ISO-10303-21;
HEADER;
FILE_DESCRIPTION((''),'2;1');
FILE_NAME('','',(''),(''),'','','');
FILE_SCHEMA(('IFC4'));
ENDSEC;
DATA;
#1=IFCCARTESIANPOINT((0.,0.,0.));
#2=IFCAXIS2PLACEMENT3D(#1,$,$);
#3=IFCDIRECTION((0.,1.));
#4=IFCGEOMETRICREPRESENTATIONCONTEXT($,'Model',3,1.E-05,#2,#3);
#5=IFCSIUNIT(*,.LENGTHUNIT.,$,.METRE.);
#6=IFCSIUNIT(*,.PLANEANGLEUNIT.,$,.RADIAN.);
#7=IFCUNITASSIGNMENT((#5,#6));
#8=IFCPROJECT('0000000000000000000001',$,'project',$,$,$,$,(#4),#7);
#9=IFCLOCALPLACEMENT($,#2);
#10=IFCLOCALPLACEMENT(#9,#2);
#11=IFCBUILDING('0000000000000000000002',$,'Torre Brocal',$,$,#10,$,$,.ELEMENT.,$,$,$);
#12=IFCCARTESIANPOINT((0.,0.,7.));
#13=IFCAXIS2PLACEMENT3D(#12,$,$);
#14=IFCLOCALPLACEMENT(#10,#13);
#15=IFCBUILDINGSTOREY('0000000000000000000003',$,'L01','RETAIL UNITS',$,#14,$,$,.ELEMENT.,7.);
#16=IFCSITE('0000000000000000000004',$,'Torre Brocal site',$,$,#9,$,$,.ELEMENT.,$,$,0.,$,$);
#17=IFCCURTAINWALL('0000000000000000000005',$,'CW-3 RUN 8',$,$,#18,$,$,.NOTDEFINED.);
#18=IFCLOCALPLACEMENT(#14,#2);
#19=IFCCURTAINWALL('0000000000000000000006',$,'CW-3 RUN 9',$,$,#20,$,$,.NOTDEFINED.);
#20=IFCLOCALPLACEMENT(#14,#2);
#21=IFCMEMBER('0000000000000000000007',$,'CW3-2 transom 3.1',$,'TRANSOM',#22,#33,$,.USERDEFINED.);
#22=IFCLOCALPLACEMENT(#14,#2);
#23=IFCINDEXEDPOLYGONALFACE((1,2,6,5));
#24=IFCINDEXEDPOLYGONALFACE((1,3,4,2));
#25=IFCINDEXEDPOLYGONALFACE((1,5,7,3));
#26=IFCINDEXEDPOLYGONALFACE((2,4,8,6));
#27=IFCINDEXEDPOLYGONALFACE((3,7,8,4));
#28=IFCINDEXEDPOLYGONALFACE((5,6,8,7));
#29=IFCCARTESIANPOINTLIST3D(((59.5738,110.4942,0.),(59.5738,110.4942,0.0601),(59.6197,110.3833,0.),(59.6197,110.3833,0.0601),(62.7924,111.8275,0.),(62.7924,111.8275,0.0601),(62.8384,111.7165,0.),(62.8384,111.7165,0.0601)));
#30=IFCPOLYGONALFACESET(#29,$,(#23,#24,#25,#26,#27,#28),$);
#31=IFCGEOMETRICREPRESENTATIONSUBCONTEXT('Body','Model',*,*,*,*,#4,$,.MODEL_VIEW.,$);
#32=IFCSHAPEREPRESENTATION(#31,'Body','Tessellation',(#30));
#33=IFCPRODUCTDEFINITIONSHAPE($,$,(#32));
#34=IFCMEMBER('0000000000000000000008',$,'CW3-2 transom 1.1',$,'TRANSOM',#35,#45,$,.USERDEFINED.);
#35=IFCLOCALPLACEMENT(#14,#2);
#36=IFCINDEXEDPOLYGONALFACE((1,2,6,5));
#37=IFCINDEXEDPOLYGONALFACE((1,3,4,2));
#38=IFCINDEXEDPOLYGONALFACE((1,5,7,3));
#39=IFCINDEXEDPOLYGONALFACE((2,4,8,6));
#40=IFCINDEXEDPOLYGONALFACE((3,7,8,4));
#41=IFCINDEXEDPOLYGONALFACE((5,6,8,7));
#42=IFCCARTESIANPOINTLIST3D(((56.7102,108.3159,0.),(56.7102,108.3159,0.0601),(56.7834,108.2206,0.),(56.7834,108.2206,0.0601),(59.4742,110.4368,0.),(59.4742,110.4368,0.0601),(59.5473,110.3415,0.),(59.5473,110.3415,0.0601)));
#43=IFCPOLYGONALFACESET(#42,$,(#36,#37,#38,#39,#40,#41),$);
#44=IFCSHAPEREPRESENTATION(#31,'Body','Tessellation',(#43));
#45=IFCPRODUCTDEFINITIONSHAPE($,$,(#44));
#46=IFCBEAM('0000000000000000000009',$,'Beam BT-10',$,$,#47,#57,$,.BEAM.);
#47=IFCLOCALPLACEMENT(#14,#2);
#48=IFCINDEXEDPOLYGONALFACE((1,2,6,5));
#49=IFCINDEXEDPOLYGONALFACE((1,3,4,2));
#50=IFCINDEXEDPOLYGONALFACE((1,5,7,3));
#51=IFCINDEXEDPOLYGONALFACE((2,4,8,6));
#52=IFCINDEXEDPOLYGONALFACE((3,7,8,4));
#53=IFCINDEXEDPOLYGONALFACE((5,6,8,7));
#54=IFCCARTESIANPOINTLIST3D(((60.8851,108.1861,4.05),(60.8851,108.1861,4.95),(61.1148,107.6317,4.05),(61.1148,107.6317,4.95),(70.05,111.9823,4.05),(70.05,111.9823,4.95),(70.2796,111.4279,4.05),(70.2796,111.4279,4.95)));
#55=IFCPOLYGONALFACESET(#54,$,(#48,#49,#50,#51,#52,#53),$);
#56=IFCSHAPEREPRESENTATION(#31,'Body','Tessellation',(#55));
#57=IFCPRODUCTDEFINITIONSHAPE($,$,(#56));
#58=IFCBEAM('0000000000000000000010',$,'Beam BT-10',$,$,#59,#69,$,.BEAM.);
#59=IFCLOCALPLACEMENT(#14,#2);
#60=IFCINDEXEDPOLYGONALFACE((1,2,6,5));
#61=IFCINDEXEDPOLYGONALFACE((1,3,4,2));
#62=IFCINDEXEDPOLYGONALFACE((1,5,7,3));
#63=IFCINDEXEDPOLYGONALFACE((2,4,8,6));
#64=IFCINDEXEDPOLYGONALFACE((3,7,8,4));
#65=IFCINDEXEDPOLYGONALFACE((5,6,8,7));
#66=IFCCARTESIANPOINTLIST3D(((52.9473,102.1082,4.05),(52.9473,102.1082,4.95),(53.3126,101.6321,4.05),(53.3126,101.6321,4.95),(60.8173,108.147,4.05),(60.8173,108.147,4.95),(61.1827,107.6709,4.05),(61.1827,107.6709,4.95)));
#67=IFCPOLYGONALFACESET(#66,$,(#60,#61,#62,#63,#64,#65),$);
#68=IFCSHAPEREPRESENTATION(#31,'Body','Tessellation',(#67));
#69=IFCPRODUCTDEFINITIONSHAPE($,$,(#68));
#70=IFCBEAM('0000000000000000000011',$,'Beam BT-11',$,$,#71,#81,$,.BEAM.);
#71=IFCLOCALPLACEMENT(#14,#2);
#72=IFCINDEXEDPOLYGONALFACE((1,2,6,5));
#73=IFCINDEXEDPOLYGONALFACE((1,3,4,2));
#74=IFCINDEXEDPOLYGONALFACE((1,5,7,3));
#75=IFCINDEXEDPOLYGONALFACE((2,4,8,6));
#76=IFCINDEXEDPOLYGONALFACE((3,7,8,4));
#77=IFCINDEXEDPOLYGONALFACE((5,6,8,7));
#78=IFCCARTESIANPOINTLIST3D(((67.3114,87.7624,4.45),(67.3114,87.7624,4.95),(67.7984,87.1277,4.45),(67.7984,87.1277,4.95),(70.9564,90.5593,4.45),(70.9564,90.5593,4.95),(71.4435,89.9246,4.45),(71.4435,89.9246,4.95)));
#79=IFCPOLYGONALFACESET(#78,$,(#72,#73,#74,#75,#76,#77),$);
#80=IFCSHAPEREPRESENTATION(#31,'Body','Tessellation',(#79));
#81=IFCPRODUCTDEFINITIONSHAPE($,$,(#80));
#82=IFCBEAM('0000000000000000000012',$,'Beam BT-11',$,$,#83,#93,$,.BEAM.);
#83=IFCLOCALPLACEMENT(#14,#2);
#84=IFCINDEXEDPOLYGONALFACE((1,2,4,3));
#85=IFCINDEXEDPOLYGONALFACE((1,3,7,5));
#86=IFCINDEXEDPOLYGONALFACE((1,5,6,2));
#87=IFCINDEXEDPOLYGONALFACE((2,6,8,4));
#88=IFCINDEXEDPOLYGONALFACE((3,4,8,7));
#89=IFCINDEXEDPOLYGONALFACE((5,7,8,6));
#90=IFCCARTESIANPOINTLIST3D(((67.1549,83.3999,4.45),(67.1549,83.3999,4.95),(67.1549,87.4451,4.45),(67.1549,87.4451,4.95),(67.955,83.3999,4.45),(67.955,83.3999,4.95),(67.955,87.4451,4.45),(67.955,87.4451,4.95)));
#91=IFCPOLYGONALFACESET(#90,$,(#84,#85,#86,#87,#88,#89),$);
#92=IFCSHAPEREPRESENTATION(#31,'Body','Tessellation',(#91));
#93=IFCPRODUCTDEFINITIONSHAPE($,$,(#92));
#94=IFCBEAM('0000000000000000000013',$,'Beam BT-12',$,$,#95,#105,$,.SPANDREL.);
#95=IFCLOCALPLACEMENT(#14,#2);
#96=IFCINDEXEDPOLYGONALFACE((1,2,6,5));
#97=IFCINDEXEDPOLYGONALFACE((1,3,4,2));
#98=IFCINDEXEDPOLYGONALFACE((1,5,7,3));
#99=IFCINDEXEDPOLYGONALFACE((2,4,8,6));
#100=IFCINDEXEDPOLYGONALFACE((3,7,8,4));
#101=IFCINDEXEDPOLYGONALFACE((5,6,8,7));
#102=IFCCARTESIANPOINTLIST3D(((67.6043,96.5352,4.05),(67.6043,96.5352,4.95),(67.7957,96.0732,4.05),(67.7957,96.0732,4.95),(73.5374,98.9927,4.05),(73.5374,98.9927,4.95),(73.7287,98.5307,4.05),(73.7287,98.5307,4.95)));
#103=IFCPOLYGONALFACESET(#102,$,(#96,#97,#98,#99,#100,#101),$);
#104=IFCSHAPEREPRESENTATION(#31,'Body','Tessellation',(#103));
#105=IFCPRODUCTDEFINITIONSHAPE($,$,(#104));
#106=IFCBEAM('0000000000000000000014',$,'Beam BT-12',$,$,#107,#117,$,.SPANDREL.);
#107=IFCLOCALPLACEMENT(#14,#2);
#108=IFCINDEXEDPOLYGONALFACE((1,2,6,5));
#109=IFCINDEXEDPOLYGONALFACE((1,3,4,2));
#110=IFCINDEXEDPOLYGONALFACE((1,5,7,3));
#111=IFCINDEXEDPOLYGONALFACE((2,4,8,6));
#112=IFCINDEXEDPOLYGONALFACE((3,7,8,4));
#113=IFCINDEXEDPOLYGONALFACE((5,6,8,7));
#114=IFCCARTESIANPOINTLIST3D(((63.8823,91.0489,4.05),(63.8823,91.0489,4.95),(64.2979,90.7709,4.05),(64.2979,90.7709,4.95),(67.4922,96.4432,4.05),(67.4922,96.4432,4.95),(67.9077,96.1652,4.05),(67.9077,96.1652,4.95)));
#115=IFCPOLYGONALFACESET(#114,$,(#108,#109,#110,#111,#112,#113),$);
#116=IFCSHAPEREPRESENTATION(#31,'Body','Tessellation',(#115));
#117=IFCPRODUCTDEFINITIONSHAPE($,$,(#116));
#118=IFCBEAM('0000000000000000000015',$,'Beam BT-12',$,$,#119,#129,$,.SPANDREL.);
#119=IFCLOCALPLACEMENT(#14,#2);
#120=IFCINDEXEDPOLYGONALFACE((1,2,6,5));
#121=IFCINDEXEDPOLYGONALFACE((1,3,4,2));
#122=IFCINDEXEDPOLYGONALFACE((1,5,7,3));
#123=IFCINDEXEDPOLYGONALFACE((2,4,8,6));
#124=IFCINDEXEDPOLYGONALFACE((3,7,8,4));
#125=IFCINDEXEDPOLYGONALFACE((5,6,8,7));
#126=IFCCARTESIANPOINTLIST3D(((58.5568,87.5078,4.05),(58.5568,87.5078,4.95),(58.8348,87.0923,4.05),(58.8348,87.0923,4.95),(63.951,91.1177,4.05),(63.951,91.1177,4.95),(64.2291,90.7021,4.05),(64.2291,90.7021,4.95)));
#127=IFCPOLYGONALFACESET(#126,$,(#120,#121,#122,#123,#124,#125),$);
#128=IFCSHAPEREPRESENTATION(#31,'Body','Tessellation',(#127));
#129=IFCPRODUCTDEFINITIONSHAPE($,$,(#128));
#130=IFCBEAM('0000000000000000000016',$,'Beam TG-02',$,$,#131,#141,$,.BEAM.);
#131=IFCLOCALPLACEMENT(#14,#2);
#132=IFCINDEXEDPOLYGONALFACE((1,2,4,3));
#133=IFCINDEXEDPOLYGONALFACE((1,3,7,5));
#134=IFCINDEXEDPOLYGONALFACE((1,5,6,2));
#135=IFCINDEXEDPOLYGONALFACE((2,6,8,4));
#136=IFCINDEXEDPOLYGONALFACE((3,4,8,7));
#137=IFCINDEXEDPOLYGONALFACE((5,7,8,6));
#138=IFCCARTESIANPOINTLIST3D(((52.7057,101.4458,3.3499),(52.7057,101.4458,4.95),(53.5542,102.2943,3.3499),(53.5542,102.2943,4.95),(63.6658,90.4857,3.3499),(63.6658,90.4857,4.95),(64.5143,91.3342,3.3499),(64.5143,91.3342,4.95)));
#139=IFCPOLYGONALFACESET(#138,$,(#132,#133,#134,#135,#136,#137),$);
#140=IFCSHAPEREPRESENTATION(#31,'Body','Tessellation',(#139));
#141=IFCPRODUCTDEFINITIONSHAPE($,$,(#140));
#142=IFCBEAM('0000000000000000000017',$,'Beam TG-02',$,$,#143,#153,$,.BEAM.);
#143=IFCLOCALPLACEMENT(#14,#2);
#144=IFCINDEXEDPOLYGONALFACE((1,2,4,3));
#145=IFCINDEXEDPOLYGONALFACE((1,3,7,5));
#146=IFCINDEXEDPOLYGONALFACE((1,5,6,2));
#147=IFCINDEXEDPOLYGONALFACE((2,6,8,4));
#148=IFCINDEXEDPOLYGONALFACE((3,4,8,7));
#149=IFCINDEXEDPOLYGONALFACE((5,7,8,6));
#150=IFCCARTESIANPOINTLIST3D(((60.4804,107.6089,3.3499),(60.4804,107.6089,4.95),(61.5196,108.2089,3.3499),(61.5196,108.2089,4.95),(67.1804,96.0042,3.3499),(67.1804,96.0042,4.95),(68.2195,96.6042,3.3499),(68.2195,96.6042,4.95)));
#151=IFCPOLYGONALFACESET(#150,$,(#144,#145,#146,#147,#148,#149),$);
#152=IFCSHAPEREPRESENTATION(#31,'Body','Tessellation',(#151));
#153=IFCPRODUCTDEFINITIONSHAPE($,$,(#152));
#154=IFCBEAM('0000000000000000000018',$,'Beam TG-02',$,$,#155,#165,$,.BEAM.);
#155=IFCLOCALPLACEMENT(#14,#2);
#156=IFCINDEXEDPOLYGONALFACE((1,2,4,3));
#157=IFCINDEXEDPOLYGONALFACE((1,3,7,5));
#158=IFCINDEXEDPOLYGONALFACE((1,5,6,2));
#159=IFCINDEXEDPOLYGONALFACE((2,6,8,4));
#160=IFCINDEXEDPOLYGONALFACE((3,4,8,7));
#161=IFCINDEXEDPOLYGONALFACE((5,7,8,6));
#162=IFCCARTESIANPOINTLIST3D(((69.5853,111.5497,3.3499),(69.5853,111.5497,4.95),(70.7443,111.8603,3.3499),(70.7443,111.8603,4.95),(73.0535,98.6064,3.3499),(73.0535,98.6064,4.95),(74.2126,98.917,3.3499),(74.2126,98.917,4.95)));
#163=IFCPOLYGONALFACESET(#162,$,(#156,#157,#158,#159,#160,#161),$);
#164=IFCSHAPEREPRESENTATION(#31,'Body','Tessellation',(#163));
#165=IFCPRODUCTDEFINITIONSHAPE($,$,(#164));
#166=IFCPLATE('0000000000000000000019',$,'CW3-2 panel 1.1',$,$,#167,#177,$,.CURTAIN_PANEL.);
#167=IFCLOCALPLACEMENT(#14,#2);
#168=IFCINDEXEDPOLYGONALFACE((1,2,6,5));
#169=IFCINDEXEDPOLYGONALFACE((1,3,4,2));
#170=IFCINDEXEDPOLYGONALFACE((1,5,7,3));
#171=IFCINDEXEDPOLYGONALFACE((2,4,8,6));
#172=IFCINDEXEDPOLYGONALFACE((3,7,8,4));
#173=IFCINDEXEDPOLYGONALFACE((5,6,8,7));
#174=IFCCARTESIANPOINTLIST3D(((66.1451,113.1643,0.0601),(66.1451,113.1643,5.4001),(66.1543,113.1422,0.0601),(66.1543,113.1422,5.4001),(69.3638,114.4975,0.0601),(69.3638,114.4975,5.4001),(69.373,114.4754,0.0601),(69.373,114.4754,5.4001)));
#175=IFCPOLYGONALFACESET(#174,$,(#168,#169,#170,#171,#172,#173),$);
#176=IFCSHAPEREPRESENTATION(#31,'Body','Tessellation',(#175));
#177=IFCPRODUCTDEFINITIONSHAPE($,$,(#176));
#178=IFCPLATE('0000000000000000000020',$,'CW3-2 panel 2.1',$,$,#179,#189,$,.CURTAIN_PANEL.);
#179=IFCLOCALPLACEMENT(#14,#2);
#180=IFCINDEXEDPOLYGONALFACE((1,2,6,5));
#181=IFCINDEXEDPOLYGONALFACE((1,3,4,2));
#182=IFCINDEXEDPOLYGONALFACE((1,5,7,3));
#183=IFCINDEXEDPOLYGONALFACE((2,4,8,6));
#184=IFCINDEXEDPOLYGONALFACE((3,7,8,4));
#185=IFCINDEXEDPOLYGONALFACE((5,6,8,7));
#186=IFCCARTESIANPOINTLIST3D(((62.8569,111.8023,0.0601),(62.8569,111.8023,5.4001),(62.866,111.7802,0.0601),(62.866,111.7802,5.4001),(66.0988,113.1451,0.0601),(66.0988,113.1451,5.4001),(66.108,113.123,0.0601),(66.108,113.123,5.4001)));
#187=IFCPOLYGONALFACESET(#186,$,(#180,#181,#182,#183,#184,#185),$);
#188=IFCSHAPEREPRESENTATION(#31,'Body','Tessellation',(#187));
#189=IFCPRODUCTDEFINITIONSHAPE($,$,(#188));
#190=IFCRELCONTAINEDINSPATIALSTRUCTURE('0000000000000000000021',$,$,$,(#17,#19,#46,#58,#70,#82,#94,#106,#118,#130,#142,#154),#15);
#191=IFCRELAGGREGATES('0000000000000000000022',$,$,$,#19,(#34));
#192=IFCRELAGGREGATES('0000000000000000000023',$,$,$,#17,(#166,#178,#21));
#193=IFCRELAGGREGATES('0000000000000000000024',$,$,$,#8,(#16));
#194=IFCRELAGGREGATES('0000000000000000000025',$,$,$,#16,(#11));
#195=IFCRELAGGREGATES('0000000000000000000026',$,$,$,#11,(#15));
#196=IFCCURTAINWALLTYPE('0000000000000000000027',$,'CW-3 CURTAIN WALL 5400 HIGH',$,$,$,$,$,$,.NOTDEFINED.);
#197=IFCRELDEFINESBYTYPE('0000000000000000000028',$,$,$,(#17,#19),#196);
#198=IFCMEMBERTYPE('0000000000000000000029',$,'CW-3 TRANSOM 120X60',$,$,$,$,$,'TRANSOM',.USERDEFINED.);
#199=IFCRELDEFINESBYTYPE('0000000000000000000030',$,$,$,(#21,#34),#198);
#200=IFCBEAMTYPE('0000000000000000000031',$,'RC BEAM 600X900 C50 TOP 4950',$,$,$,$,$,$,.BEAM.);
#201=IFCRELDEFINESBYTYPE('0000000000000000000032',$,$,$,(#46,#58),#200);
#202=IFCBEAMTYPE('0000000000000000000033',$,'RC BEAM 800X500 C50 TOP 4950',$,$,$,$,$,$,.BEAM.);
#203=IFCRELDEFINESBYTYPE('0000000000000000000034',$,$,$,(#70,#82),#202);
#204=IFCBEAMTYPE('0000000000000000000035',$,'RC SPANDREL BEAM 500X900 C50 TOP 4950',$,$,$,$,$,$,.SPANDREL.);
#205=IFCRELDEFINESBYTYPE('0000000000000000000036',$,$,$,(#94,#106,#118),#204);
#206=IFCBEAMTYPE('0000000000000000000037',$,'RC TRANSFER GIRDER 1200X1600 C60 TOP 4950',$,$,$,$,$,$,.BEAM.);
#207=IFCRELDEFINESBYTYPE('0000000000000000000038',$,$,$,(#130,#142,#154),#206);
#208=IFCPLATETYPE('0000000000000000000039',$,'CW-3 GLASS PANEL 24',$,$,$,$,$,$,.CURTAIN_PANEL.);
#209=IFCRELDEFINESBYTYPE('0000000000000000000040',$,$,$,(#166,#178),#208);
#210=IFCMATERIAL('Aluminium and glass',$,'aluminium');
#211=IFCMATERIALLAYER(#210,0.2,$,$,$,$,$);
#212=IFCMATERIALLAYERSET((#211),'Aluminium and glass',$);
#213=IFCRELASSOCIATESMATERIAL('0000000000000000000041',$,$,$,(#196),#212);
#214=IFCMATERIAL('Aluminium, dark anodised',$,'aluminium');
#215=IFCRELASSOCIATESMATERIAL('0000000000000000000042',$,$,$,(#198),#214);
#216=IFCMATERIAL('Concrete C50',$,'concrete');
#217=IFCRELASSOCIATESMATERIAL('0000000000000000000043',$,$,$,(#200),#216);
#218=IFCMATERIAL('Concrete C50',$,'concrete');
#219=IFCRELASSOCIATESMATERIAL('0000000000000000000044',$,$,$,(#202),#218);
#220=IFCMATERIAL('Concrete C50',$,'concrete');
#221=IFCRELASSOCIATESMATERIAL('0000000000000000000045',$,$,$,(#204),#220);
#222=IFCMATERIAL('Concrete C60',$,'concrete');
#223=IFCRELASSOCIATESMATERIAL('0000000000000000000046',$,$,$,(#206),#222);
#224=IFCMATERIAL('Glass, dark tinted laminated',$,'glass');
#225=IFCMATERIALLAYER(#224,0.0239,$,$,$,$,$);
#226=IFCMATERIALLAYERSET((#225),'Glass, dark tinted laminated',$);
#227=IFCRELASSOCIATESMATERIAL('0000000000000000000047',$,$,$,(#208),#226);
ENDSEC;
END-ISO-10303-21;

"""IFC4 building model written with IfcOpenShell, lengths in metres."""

from ifc_helpers import new_model, si_unit, direction, frame, origin, origin_2d, place, context, subcontext, project, spatial, rectangle, extrude, material, layer, layer_set, material_profile, profile_set, type_object, element, aggregate, save


model = new_model("IFC4")

# Units and contexts
model_context = context("Model", 3, precision=1e-05, world=origin(), true_north=direction((0.0, 1.0)))
body_context = subcontext(model_context, "Body", "Model", "MODEL_VIEW")
ifc_project = project(units=[si_unit("LENGTHUNIT", "METRE"), si_unit("PLANEANGLEUNIT", "RADIAN")], contexts=[model_context])

# Site, building, storey
site_placement = place(None, origin())
site = spatial("IfcSite", under=ifc_project, at=site_placement, Name="Torre Brocal site", CompositionType="ELEMENT", RefElevation=0.0)
building_placement = place(site_placement, origin())
building = spatial("IfcBuilding", under=site, at=building_placement, Name="Torre Brocal", CompositionType="ELEMENT")
storey_placement = place(building_placement, frame((0.0, 0.0, 7.0)))
storey = spatial("IfcBuildingStorey", under=building, at=storey_placement, Name="L01", Description="RETAIL UNITS", CompositionType="ELEMENT", Elevation=7.0)

# Curtain wall
ifc_material_1 = material(Name="Aluminium and glass", Category="aluminium")
ifc_layer_1 = layer(ifc_material_1, 0.2)
ifc_layer_set_1 = layer_set([ifc_layer_1], Name="Aluminium and glass")
curtain_wall_type = type_object("IfcCurtainWallType", Name="CW-3 CURTAIN WALL 5400 HIGH", PredefinedType="NOTDEFINED", material=ifc_layer_set_1)
curtain_wall_1_placement = place(storey_placement, origin())
curtain_wall_1 = element("IfcCurtainWall", 1, at=curtain_wall_1_placement, inside=storey, type_object=curtain_wall_type, Name="CW-3 RUN 8", PredefinedType="NOTDEFINED")

# Curtain wall
curtain_wall_2_placement = place(storey_placement, origin())
curtain_wall_2 = element("IfcCurtainWall", 2, at=curtain_wall_2_placement, inside=storey, type_object=curtain_wall_type, Name="CW-3 RUN 9", PredefinedType="NOTDEFINED")

# Members
ifc_material_2 = material(Name="Aluminium, dark anodised", Category="aluminium")
ifc_material_profile_1 = material_profile(ifc_material_2, rectangle(XDim=0.1201, YDim=0.0601, at=origin_2d()), Name="CW-3 TRANSOM 120X60")
ifc_profile_set_1 = profile_set([ifc_material_profile_1], Name="Aluminium, dark anodised")
member_type_1 = type_object("IfcMemberType", Name="CW-3 TRANSOM 120X60", ElementType="TRANSOM", PredefinedType="USERDEFINED", material=ifc_profile_set_1)
member_1_placement = place(storey_placement, frame((62.8154, 111.772, 0.03), z_axis=(-0.923879, -0.382684, 0.0), x_axis=(0.382684, -0.923879, 0.0)))
member_1 = element("IfcMember", 3, at=member_1_placement, type_object=member_type_1, Name="CW3-2 transom 3.1", ObjectType="TRANSOM", PredefinedType="USERDEFINED", context=body_context, shape_type="SweptSolid", body=[
    extrude(rectangle(XDim=0.1201, YDim=0.0601, at=origin_2d()), origin(), (0.0, 0.0, 1.0), 3.4839),
])
member_2_placement = place(storey_placement, frame((59.5107, 110.3892, 0.03), z_axis=(-0.79335, -0.608765, 0.0), x_axis=(0.608765, -0.79335, 0.0)))
member_2 = element("IfcMember", 4, at=member_2_placement, type_object=member_type_1, Name="CW3-2 transom 1.1", ObjectType="TRANSOM", PredefinedType="USERDEFINED", context=body_context, shape_type="SweptSolid", body=[
    extrude(rectangle(XDim=0.1201, YDim=0.0601, at=origin_2d()), origin(), (0.0, 0.0, 1.0), 3.4839),
])
aggregate(curtain_wall_2, [member_2])

# Beams
ifc_material_3 = material(Name="Concrete C50", Category="concrete")
ifc_material_profile_2 = material_profile(ifc_material_3, rectangle(XDim=0.6001, YDim=0.8999, at=origin_2d()), Name="RC 600X900")
ifc_profile_set_2 = profile_set([ifc_material_profile_2], Name="Concrete C50")
beam_type_1 = type_object("IfcBeamType", Name="RC BEAM 600X900 C50 TOP 4950", PredefinedType="BEAM", material=ifc_profile_set_2)
for number, where, z_axis, x_axis, name in (
    (5, (70.1648, 111.7051, 4.5), (-0.923881, -0.38268, 0.0), (0.38268, -0.923881, 0.0), "Beam BT-10"),
    (6, (61.0, 107.9089, 4.5), (-0.79336, -0.608753, 0.0), (0.608753, -0.79336, 0.0), "Beam BT-10"),
):
    element("IfcBeam", number, at=place(storey_placement, frame(where, z_axis=z_axis, x_axis=x_axis)), inside=storey, type_object=beam_type_1, Name=name, PredefinedType="BEAM", context=body_context, shape_type="SweptSolid", body=[
        extrude(rectangle(XDim=0.6001, YDim=0.8999, at=origin_2d()), origin(), (0.0, 0.0, 1.0), 9.9199),
    ])
ifc_material_4 = material(Name="Concrete C50", Category="concrete")
ifc_material_profile_3 = material_profile(ifc_material_4, rectangle(XDim=0.8, YDim=0.5, at=origin_2d()), Name="RC 800X500")
ifc_profile_set_3 = profile_set([ifc_material_profile_3], Name="Concrete C50")
beam_type_2 = type_object("IfcBeamType", Name="RC BEAM 800X500 C50 TOP 4950", PredefinedType="BEAM", material=ifc_profile_set_3)
beam_1_placement = place(storey_placement, frame((71.2, 90.2419, 4.7), z_axis=(-0.793358, -0.608755, 0.0), x_axis=(0.608755, -0.793358, 0.0)))
element("IfcBeam", 7, at=beam_1_placement, inside=storey, type_object=beam_type_2, Name="Beam BT-11", PredefinedType="BEAM", context=body_context, shape_type="SweptSolid", body=[
    extrude(rectangle(XDim=0.8, YDim=0.5, at=origin_2d()), origin(), (0.0, 0.0, 1.0), 4.5945),
])
beam_2_placement = place(storey_placement, frame((67.5549, 87.4451, 4.7), z_axis=(0.0, -1.0, 0.0), x_axis=(1.0, 0.0, 0.0)))
element("IfcBeam", 8, at=beam_2_placement, inside=storey, type_object=beam_type_2, Name="Beam BT-11", PredefinedType="BEAM", context=body_context, shape_type="SweptSolid", body=[
    extrude(rectangle(XDim=0.8, YDim=0.5, at=origin_2d()), origin(), (0.0, 0.0, 1.0), 4.0452),
])
ifc_material_5 = material(Name="Concrete C50", Category="concrete")
ifc_material_profile_4 = material_profile(ifc_material_5, rectangle(XDim=0.5, YDim=0.8999, at=origin_2d()), Name="RC 500X900")
ifc_profile_set_4 = profile_set([ifc_material_profile_4], Name="Concrete C50")
beam_type_3 = type_object("IfcBeamType", Name="RC SPANDREL BEAM 500X900 C50 TOP 4950", PredefinedType="SPANDREL", material=ifc_profile_set_4)
beam_3_placement = place(storey_placement, frame((73.6331, 98.7617, 4.5), z_axis=(-0.923882, -0.382676, 0.0), x_axis=(0.382676, -0.923882, 0.0)))
element("IfcBeam", 9, at=beam_3_placement, inside=storey, type_object=beam_type_3, Name="Beam BT-12", PredefinedType="SPANDREL", context=body_context, shape_type="SweptSolid", body=[
    extrude(rectangle(XDim=0.5, YDim=0.8999, at=origin_2d()), origin(), (0.0, 0.0, 1.0), 6.4219),
])
for number, where, z_axis, x_axis, name in (
    (10, (67.7, 96.3042, 4.5), (-0.556158, -0.831077, 0.0), (0.831077, -0.556158, 0.0), "Beam BT-12"),
    (11, (64.0901, 90.9099, 4.5), (-0.831077, -0.556158, 0.0), (0.556158, -0.831077, 0.0), "Beam BT-12"),
):
    element("IfcBeam", number, at=place(storey_placement, frame(where, z_axis=z_axis, x_axis=x_axis)), inside=storey, type_object=beam_type_3, Name=name, PredefinedType="SPANDREL", context=body_context, shape_type="SweptSolid", body=[
        extrude(rectangle(XDim=0.5, YDim=0.8999, at=origin_2d()), origin(), (0.0, 0.0, 1.0), 6.4907),
    ])
ifc_material_6 = material(Name="Concrete C60", Category="concrete")
ifc_material_profile_5 = material_profile(ifc_material_6, rectangle(XDim=1.2, YDim=1.6001, at=origin_2d()), Name="RC 1200X1600")
ifc_profile_set_5 = profile_set([ifc_material_profile_5], Name="Concrete C60")
beam_type_4 = type_object("IfcBeamType", Name="RC TRANSFER GIRDER 1200X1600 C60 TOP 4950", PredefinedType="BEAM", material=ifc_profile_set_5)
beam_4_placement = place(storey_placement, frame((64.0901, 90.9099, 4.1499), z_axis=(-0.707107, 0.707107, 0.0), x_axis=(-0.707107, -0.707107, 0.0)))
element("IfcBeam", 12, at=beam_4_placement, inside=storey, type_object=beam_type_4, Name="Beam TG-02", PredefinedType="BEAM", context=body_context, shape_type="SweptSolid", body=[
    extrude(rectangle(XDim=1.2, YDim=1.6001, at=origin_2d()), origin(), (0.0, 0.0, 1.0), 15.5),
])
for number, where, z_axis, x_axis, name in (
    (13, (67.7, 96.3042, 4.1499), (-0.499997, 0.866027, 0.0), (-0.866027, -0.499997, 0.0), "Beam TG-02"),
    (14, (73.6331, 98.7617, 4.1499), (-0.258826, 0.965924, 0.0), (-0.965924, -0.258826, 0.0), "Beam TG-02"),
):
    element("IfcBeam", number, at=place(storey_placement, frame(where, z_axis=z_axis, x_axis=x_axis)), inside=storey, type_object=beam_type_4, Name=name, PredefinedType="BEAM", context=body_context, shape_type="SweptSolid", body=[
        extrude(rectangle(XDim=1.2, YDim=1.6001, at=origin_2d()), origin(), (0.0, 0.0, 1.0), 13.3999),
    ])

# Plates
ifc_material_7 = material(Name="Glass, dark tinted laminated", Category="glass")
ifc_layer_2 = layer(ifc_material_7, 0.0239)
ifc_layer_set_2 = layer_set([ifc_layer_2], Name="Glass, dark tinted laminated")
plate_type = type_object("IfcPlateType", Name="CW-3 GLASS PANEL 24", PredefinedType="CURTAIN_PANEL", material=ifc_layer_set_2)
plate_1_placement = place(storey_placement, frame((67.759, 113.8198, 0.0601), z_axis=(0.0, 0.0, 1.0), x_axis=(-0.92388, -0.382683, 0.0)))
plate_1 = element("IfcPlate", 15, at=plate_1_placement, type_object=plate_type, Name="CW3-2 panel 1.1", PredefinedType="CURTAIN_PANEL", context=body_context, shape_type="SweptSolid", body=[
    extrude(rectangle(XDim=3.4839, YDim=0.0239, at=origin_2d()), origin(), (0.0, 0.0, 1.0), 5.3401),
])
plate_2_placement = place(storey_placement, frame((64.4824, 112.4626, 0.0601), z_axis=(0.0, 0.0, 1.0), x_axis=(-0.92388, -0.382683, 0.0)))
plate_2 = element("IfcPlate", 16, at=plate_2_placement, type_object=plate_type, Name="CW3-2 panel 2.1", PredefinedType="CURTAIN_PANEL", context=body_context, shape_type="SweptSolid", body=[
    extrude(rectangle(XDim=3.509, YDim=0.0239, at=origin_2d()), origin(), (0.0, 0.0, 1.0), 5.3401),
])
aggregate(curtain_wall_1, [plate_1, plate_2, member_1])

save(model, "model.ifc")
